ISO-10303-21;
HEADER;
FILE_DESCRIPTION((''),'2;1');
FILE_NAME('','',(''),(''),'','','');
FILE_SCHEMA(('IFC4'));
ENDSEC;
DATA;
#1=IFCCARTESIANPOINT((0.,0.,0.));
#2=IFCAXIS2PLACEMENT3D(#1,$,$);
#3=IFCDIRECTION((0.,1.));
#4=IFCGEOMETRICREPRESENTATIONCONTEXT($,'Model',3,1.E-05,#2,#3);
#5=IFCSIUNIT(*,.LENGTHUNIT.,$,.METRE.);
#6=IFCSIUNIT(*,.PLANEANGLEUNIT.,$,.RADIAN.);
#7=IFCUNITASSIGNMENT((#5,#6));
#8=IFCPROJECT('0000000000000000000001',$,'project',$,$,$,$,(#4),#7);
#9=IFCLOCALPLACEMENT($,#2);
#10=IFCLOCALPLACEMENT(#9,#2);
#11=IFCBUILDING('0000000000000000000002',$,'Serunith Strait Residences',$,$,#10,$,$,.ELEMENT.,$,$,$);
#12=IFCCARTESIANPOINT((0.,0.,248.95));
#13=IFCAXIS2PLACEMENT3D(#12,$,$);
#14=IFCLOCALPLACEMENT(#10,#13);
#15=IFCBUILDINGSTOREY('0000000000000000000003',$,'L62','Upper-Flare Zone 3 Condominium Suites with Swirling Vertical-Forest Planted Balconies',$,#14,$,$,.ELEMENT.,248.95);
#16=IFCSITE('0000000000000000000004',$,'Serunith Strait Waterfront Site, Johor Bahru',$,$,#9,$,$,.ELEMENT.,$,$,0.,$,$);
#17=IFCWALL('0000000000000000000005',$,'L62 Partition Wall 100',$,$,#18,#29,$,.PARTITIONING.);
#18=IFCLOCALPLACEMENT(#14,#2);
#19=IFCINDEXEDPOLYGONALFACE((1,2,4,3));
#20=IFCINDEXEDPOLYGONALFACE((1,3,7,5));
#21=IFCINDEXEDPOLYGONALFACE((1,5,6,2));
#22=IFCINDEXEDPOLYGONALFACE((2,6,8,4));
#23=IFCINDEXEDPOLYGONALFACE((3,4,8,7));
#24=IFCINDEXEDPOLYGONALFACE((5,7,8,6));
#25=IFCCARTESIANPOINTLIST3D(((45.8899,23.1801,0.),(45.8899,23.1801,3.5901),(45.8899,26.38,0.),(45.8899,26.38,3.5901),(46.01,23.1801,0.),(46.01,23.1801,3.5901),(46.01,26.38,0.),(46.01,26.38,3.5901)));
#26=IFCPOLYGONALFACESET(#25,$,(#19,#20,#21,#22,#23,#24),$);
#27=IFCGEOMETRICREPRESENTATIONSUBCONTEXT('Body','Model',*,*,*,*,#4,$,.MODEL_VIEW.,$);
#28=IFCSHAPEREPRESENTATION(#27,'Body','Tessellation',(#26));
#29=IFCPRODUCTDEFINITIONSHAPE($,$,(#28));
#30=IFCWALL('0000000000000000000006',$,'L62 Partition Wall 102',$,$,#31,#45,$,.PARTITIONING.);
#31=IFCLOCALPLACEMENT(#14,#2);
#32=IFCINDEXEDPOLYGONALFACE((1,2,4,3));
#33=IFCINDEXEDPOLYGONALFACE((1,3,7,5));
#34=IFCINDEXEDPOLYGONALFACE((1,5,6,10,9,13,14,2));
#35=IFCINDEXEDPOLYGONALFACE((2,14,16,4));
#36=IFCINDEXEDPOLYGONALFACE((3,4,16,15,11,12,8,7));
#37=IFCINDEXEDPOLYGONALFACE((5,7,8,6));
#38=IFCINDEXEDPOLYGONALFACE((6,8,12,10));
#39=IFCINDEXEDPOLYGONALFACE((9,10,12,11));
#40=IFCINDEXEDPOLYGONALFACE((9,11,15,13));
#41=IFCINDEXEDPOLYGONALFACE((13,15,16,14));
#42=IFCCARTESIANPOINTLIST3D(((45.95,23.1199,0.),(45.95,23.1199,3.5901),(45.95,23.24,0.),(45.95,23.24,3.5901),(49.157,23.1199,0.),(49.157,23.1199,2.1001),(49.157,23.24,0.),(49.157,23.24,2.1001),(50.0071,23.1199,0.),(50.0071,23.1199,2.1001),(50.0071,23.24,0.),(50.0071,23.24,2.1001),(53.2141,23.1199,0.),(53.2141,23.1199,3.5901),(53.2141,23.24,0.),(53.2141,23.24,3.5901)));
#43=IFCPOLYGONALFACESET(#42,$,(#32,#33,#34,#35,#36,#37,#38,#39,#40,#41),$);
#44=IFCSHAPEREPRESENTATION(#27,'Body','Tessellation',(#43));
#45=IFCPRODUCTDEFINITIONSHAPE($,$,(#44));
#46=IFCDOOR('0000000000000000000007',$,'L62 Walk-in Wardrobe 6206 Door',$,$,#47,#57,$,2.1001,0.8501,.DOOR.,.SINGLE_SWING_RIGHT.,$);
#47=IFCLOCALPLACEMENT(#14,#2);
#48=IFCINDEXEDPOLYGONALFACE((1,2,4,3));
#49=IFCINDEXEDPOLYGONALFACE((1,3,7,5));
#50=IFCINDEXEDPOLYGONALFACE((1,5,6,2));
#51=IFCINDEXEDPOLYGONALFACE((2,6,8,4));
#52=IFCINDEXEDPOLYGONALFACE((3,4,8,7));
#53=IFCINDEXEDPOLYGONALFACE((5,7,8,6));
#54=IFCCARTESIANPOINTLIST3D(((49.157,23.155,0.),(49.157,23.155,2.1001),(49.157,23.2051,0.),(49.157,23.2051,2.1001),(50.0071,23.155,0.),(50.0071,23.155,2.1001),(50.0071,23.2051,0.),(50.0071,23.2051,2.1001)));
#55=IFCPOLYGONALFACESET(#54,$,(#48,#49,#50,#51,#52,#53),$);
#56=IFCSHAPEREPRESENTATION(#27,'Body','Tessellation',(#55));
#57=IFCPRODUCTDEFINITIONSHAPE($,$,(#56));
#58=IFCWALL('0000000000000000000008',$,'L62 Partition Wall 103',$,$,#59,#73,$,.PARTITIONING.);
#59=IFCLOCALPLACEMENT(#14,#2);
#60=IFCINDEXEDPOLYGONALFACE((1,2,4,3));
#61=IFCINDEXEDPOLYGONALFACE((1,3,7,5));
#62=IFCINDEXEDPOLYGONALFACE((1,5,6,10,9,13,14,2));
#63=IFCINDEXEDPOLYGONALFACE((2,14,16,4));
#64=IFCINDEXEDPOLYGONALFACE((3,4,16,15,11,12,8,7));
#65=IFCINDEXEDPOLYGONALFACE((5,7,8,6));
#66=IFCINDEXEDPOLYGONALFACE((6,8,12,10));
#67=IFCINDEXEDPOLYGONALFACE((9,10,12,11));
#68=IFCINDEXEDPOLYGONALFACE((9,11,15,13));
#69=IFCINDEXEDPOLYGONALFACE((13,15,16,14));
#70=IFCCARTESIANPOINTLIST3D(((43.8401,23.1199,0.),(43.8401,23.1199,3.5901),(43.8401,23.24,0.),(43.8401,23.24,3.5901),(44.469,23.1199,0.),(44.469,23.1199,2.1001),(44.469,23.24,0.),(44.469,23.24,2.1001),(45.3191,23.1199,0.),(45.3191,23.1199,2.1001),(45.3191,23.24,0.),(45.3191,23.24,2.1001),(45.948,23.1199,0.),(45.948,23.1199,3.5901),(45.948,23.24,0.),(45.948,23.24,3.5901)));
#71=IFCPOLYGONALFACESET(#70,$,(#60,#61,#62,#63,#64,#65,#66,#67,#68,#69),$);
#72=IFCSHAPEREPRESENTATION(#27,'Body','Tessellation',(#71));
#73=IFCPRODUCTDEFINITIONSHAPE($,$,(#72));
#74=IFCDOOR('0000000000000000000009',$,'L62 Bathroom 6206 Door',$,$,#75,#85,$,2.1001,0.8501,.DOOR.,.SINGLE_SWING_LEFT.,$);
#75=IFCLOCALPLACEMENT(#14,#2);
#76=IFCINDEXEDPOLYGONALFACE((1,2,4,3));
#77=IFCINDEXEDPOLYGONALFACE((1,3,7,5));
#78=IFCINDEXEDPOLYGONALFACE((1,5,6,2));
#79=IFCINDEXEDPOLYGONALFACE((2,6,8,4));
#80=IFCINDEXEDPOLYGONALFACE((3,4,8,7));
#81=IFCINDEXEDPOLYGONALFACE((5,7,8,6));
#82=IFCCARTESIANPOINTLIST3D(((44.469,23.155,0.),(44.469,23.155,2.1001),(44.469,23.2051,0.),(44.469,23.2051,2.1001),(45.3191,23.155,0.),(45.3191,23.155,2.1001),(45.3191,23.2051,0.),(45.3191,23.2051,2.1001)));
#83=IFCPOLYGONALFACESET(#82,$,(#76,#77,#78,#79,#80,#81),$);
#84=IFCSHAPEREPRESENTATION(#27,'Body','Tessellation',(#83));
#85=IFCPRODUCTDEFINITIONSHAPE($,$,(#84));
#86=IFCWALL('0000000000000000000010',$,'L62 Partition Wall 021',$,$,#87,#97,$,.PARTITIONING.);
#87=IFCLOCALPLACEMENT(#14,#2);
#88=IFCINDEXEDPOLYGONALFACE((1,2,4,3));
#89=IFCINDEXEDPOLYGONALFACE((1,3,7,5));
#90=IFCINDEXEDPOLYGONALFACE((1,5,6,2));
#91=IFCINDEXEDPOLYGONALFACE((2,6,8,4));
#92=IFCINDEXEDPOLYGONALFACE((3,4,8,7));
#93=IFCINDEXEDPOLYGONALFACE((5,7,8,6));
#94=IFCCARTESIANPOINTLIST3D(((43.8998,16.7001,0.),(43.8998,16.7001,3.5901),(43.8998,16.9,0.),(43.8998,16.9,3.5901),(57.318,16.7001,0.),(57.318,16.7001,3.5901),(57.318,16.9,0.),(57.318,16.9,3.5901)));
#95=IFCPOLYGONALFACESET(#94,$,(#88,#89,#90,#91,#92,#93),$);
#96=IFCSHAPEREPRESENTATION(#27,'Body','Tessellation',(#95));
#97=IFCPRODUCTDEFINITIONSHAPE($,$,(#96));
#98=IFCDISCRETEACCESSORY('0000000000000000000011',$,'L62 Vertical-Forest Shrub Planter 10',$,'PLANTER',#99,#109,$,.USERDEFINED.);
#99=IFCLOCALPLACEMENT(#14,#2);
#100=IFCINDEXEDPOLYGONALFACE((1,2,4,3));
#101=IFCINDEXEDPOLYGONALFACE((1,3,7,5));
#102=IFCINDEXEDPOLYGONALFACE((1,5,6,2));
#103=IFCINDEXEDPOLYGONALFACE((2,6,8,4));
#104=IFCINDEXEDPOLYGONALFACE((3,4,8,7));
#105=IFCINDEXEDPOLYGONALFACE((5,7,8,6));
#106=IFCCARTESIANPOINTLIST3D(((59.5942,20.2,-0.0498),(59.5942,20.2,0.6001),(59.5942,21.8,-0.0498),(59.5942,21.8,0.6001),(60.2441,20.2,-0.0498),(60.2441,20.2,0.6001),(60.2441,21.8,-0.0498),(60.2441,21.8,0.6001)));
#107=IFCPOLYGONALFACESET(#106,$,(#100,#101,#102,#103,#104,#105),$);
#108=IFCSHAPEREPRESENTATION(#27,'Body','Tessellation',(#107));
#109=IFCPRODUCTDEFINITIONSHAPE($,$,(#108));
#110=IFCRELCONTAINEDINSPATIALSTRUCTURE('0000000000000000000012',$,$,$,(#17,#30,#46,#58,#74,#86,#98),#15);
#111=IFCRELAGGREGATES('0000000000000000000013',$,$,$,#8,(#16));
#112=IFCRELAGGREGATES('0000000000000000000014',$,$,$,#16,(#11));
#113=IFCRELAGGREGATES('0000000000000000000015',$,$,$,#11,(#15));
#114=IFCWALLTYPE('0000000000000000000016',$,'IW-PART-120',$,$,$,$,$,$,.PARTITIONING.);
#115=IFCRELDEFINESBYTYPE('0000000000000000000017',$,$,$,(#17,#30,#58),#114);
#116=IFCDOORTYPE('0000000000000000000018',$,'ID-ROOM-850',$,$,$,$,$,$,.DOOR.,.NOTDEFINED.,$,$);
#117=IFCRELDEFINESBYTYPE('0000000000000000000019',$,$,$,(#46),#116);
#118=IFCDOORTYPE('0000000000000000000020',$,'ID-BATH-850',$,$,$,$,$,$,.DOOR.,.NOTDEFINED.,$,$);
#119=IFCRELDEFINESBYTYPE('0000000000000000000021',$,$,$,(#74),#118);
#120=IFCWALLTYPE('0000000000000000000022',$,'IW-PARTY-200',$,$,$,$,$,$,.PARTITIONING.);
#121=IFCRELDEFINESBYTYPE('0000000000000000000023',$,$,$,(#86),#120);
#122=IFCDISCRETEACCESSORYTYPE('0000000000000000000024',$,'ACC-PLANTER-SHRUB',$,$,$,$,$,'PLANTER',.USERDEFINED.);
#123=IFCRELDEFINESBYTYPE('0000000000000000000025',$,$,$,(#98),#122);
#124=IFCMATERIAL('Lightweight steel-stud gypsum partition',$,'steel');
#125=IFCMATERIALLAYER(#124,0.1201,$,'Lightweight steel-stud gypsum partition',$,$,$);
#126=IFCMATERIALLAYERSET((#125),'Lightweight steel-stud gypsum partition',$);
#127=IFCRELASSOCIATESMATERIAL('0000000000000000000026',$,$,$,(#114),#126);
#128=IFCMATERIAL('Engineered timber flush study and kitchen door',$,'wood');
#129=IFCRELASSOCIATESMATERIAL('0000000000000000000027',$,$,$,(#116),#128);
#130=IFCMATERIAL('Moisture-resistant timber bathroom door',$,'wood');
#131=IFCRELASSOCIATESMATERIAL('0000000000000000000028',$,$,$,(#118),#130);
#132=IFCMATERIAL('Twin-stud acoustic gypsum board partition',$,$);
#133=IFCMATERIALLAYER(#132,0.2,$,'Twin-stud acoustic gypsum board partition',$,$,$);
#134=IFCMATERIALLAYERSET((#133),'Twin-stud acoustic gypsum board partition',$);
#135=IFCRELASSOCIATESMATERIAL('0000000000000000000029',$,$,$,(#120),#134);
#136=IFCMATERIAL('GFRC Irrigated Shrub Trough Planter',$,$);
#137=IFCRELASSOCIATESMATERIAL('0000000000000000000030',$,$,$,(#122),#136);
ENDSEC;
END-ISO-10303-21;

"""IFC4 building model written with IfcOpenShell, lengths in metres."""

from ifc_helpers import new_model, si_unit, direction, frame, frame_2d, origin, origin_2d, place, context, subcontext, project, spatial, rectangle, extrude, source, transform, mapped, material, layer, layer_set, type_object, element, fill, save


model = new_model("IFC4")

# Units and contexts
model_context = context("Model", 3, precision=1e-05, world=origin(), true_north=direction((0.0, 1.0)))
body_context = subcontext(model_context, "Body", "Model", "MODEL_VIEW")
ifc_project = project(units=[si_unit("LENGTHUNIT", "METRE"), si_unit("PLANEANGLEUNIT", "RADIAN")], contexts=[model_context])

# Site, building, storey
site_placement = place(None, origin())
site = spatial("IfcSite", under=ifc_project, at=site_placement, Name="Serunith Strait Waterfront Site, Johor Bahru", CompositionType="ELEMENT", RefElevation=0.0)
building_placement = place(site_placement, origin())
building = spatial("IfcBuilding", under=site, at=building_placement, Name="Serunith Strait Residences", CompositionType="ELEMENT")
storey_placement = place(building_placement, frame((0.0, 0.0, 248.95)))
storey = spatial("IfcBuildingStorey", under=building, at=storey_placement, Name="L62", Description="Upper-Flare Zone 3 Condominium Suites with Swirling Vertical-Forest Planted Balconies", CompositionType="ELEMENT", Elevation=248.95)

# Shared definitions
ifc_material_1 = material(Name="Lightweight steel-stud gypsum partition", Category="steel")
ifc_layer_1 = layer(ifc_material_1, 0.1201, Name="Lightweight steel-stud gypsum partition")
ifc_layer_set_1 = layer_set([ifc_layer_1], Name="Lightweight steel-stud gypsum partition")
wall_type_1 = type_object("IfcWallType", Name="IW-PART-120", PredefinedType="PARTITIONING", material=ifc_layer_set_1)
ifc_material_2 = material(Name="Engineered timber flush study and kitchen door", Category="wood")
door_type_1 = type_object("IfcDoorType", Name="ID-ROOM-850", OperationType="NOTDEFINED", PredefinedType="DOOR", material=ifc_material_2)
shared_shape_1 = source(origin(), body_context, "Body", "SweptSolid", [
    extrude(rectangle(XDim=0.8501, YDim=2.1001, at=frame_2d((0.425, 1.05))), frame((0.0, 0.0249, 0.0), z_axis=(0.0, -1.0, 0.0), x_axis=(1.0, 0.0, 0.0)), (0.0, 0.0, 1.0), 0.05),
])

# Wall
wall_1_placement = place(storey_placement, frame((45.95, 23.1799, 0.0), z_axis=(0.0, 0.0, 1.0), x_axis=(0.0, 1.0, 0.0)))
element("IfcWall", 1, at=wall_1_placement, inside=storey, type_object=wall_type_1, Name="L62 Partition Wall 100", PredefinedType="PARTITIONING", context=body_context, shape_type="SweptSolid", body=[
    extrude(rectangle(XDim=3.2, YDim=0.1201, at=frame_2d((1.6001, 0.0))), origin(), (0.0, 0.0, 1.0), 3.5901),
])

# Walls, openings, doors
wall_2_placement = place(storey_placement, frame((53.2141, 23.1799, 0.0), z_axis=(0.0, 0.0, 1.0), x_axis=(-1.0, 0.0, 0.0)))
wall_2 = element("IfcWall", 2, at=wall_2_placement, inside=storey, type_object=wall_type_1, Name="L62 Partition Wall 102", PredefinedType="PARTITIONING", context=body_context, shape_type="SweptSolid", body=[
    extrude(rectangle(XDim=7.2642, YDim=0.1201, at=frame_2d((3.6321, 0.0))), origin(), (0.0, 0.0, 1.0), 3.5901),
])
opening_1_placement = place(wall_2_placement, frame((3.207, 0.0, 0.0)))
opening_1 = element("IfcOpeningElement", 3, at=opening_1_placement, cuts=wall_2, PredefinedType="OPENING", context=body_context, shape_type="SweptSolid", body=[
    extrude(rectangle(XDim=0.8501, YDim=2.1001, at=frame_2d((0.425, 1.05))), frame((0.0, 0.0701, 0.0), z_axis=(0.0, -1.0, 0.0), x_axis=(1.0, 0.0, 0.0)), (0.0, 0.0, 1.0), 0.1401),
])
door_1_placement = place(opening_1_placement, origin())
door_1 = element("IfcDoor", 4, at=door_1_placement, inside=storey, type_object=door_type_1, Name="L62 Walk-in Wardrobe 6206 Door", OperationType="SINGLE_SWING_RIGHT", OverallHeight=2.1001, OverallWidth=0.8501, PredefinedType="DOOR", context=body_context, shape_type="MappedRepresentation", body=[
    mapped(shared_shape_1, transform((0.0, 0.0, 0.0), scale=1.0)),
])
fill(opening_1, door_1)
wall_3_placement = place(storey_placement, frame((45.948, 23.1799, 0.0), z_axis=(0.0, 0.0, 1.0), x_axis=(-1.0, 0.0, 0.0)))
wall_3 = element("IfcWall", 5, at=wall_3_placement, inside=storey, type_object=wall_type_1, Name="L62 Partition Wall 103", PredefinedType="PARTITIONING", context=body_context, shape_type="SweptSolid", body=[
    extrude(rectangle(XDim=2.1079, YDim=0.1201, at=frame_2d((1.054, 0.0))), origin(), (0.0, 0.0, 1.0), 3.5901),
])
opening_2_placement = place(wall_3_placement, frame((0.6289, 0.0, 0.0)))
opening_2 = element("IfcOpeningElement", 6, at=opening_2_placement, cuts=wall_3, PredefinedType="OPENING", context=body_context, shape_type="SweptSolid", body=[
    extrude(rectangle(XDim=0.8501, YDim=2.1001, at=frame_2d((0.425, 1.05))), frame((0.0, 0.0701, 0.0), z_axis=(0.0, -1.0, 0.0), x_axis=(1.0, 0.0, 0.0)), (0.0, 0.0, 1.0), 0.1401),
])
ifc_material_3 = material(Name="Moisture-resistant timber bathroom door", Category="wood")
door_type_2 = type_object("IfcDoorType", Name="ID-BATH-850", OperationType="NOTDEFINED", PredefinedType="DOOR", material=ifc_material_3)
door_2_placement = place(opening_2_placement, origin())
door_2 = element("IfcDoor", 7, at=door_2_placement, inside=storey, type_object=door_type_2, Name="L62 Bathroom 6206 Door", OperationType="SINGLE_SWING_LEFT", OverallHeight=2.1001, OverallWidth=0.8501, PredefinedType="DOOR", context=body_context, shape_type="MappedRepresentation", body=[
    mapped(shared_shape_1, transform((0.0, 0.0, 0.0), scale=1.0)),
])
fill(opening_2, door_2)

# Wall
ifc_material_4 = material(Name="Twin-stud acoustic gypsum board partition")
ifc_layer_2 = layer(ifc_material_4, 0.2, Name="Twin-stud acoustic gypsum board partition")
ifc_layer_set_2 = layer_set([ifc_layer_2], Name="Twin-stud acoustic gypsum board partition")
wall_type_2 = type_object("IfcWallType", Name="IW-PARTY-200", PredefinedType="PARTITIONING", material=ifc_layer_set_2)
wall_4_placement = place(storey_placement, frame((43.8999, 16.8, 0.0), z_axis=(0.0, 0.0, 1.0), x_axis=(1.0, 0.0, 0.0)))
element("IfcWall", 8, at=wall_4_placement, inside=storey, type_object=wall_type_2, Name="L62 Partition Wall 021", PredefinedType="PARTITIONING", context=body_context, shape_type="SweptSolid", body=[
    extrude(rectangle(XDim=13.4182, YDim=0.2, at=frame_2d((6.709, 0.0))), origin(), (0.0, 0.0, 1.0), 3.5901),
])

# Discrete accessory
ifc_material_5 = material(Name="GFRC Irrigated Shrub Trough Planter")
discrete_accessory_type = type_object("IfcDiscreteAccessoryType", Name="ACC-PLANTER-SHRUB", ElementType="PLANTER", PredefinedType="USERDEFINED", material=ifc_material_5)
shared_shape_2 = source(origin(), body_context, "Body", "SweptSolid", [
    extrude(rectangle(XDim=1.6001, YDim=0.6499, at=origin_2d()), origin(), (0.0, 0.0, 1.0), 0.6499),
])
discrete_accessory_placement = place(storey_placement, frame((59.9192, 21.0, -0.0498), z_axis=(0.0, 0.0, 1.0), x_axis=(0.0, 1.0, 0.0)))
element("IfcDiscreteAccessory", 9, at=discrete_accessory_placement, inside=storey, type_object=discrete_accessory_type, Name="L62 Vertical-Forest Shrub Planter 10", ObjectType="PLANTER", PredefinedType="USERDEFINED", context=body_context, shape_type="MappedRepresentation", body=[
    mapped(shared_shape_2, transform((0.0, 0.0, 0.0), scale=1.0)),
])

save(model, "model.ifc")
